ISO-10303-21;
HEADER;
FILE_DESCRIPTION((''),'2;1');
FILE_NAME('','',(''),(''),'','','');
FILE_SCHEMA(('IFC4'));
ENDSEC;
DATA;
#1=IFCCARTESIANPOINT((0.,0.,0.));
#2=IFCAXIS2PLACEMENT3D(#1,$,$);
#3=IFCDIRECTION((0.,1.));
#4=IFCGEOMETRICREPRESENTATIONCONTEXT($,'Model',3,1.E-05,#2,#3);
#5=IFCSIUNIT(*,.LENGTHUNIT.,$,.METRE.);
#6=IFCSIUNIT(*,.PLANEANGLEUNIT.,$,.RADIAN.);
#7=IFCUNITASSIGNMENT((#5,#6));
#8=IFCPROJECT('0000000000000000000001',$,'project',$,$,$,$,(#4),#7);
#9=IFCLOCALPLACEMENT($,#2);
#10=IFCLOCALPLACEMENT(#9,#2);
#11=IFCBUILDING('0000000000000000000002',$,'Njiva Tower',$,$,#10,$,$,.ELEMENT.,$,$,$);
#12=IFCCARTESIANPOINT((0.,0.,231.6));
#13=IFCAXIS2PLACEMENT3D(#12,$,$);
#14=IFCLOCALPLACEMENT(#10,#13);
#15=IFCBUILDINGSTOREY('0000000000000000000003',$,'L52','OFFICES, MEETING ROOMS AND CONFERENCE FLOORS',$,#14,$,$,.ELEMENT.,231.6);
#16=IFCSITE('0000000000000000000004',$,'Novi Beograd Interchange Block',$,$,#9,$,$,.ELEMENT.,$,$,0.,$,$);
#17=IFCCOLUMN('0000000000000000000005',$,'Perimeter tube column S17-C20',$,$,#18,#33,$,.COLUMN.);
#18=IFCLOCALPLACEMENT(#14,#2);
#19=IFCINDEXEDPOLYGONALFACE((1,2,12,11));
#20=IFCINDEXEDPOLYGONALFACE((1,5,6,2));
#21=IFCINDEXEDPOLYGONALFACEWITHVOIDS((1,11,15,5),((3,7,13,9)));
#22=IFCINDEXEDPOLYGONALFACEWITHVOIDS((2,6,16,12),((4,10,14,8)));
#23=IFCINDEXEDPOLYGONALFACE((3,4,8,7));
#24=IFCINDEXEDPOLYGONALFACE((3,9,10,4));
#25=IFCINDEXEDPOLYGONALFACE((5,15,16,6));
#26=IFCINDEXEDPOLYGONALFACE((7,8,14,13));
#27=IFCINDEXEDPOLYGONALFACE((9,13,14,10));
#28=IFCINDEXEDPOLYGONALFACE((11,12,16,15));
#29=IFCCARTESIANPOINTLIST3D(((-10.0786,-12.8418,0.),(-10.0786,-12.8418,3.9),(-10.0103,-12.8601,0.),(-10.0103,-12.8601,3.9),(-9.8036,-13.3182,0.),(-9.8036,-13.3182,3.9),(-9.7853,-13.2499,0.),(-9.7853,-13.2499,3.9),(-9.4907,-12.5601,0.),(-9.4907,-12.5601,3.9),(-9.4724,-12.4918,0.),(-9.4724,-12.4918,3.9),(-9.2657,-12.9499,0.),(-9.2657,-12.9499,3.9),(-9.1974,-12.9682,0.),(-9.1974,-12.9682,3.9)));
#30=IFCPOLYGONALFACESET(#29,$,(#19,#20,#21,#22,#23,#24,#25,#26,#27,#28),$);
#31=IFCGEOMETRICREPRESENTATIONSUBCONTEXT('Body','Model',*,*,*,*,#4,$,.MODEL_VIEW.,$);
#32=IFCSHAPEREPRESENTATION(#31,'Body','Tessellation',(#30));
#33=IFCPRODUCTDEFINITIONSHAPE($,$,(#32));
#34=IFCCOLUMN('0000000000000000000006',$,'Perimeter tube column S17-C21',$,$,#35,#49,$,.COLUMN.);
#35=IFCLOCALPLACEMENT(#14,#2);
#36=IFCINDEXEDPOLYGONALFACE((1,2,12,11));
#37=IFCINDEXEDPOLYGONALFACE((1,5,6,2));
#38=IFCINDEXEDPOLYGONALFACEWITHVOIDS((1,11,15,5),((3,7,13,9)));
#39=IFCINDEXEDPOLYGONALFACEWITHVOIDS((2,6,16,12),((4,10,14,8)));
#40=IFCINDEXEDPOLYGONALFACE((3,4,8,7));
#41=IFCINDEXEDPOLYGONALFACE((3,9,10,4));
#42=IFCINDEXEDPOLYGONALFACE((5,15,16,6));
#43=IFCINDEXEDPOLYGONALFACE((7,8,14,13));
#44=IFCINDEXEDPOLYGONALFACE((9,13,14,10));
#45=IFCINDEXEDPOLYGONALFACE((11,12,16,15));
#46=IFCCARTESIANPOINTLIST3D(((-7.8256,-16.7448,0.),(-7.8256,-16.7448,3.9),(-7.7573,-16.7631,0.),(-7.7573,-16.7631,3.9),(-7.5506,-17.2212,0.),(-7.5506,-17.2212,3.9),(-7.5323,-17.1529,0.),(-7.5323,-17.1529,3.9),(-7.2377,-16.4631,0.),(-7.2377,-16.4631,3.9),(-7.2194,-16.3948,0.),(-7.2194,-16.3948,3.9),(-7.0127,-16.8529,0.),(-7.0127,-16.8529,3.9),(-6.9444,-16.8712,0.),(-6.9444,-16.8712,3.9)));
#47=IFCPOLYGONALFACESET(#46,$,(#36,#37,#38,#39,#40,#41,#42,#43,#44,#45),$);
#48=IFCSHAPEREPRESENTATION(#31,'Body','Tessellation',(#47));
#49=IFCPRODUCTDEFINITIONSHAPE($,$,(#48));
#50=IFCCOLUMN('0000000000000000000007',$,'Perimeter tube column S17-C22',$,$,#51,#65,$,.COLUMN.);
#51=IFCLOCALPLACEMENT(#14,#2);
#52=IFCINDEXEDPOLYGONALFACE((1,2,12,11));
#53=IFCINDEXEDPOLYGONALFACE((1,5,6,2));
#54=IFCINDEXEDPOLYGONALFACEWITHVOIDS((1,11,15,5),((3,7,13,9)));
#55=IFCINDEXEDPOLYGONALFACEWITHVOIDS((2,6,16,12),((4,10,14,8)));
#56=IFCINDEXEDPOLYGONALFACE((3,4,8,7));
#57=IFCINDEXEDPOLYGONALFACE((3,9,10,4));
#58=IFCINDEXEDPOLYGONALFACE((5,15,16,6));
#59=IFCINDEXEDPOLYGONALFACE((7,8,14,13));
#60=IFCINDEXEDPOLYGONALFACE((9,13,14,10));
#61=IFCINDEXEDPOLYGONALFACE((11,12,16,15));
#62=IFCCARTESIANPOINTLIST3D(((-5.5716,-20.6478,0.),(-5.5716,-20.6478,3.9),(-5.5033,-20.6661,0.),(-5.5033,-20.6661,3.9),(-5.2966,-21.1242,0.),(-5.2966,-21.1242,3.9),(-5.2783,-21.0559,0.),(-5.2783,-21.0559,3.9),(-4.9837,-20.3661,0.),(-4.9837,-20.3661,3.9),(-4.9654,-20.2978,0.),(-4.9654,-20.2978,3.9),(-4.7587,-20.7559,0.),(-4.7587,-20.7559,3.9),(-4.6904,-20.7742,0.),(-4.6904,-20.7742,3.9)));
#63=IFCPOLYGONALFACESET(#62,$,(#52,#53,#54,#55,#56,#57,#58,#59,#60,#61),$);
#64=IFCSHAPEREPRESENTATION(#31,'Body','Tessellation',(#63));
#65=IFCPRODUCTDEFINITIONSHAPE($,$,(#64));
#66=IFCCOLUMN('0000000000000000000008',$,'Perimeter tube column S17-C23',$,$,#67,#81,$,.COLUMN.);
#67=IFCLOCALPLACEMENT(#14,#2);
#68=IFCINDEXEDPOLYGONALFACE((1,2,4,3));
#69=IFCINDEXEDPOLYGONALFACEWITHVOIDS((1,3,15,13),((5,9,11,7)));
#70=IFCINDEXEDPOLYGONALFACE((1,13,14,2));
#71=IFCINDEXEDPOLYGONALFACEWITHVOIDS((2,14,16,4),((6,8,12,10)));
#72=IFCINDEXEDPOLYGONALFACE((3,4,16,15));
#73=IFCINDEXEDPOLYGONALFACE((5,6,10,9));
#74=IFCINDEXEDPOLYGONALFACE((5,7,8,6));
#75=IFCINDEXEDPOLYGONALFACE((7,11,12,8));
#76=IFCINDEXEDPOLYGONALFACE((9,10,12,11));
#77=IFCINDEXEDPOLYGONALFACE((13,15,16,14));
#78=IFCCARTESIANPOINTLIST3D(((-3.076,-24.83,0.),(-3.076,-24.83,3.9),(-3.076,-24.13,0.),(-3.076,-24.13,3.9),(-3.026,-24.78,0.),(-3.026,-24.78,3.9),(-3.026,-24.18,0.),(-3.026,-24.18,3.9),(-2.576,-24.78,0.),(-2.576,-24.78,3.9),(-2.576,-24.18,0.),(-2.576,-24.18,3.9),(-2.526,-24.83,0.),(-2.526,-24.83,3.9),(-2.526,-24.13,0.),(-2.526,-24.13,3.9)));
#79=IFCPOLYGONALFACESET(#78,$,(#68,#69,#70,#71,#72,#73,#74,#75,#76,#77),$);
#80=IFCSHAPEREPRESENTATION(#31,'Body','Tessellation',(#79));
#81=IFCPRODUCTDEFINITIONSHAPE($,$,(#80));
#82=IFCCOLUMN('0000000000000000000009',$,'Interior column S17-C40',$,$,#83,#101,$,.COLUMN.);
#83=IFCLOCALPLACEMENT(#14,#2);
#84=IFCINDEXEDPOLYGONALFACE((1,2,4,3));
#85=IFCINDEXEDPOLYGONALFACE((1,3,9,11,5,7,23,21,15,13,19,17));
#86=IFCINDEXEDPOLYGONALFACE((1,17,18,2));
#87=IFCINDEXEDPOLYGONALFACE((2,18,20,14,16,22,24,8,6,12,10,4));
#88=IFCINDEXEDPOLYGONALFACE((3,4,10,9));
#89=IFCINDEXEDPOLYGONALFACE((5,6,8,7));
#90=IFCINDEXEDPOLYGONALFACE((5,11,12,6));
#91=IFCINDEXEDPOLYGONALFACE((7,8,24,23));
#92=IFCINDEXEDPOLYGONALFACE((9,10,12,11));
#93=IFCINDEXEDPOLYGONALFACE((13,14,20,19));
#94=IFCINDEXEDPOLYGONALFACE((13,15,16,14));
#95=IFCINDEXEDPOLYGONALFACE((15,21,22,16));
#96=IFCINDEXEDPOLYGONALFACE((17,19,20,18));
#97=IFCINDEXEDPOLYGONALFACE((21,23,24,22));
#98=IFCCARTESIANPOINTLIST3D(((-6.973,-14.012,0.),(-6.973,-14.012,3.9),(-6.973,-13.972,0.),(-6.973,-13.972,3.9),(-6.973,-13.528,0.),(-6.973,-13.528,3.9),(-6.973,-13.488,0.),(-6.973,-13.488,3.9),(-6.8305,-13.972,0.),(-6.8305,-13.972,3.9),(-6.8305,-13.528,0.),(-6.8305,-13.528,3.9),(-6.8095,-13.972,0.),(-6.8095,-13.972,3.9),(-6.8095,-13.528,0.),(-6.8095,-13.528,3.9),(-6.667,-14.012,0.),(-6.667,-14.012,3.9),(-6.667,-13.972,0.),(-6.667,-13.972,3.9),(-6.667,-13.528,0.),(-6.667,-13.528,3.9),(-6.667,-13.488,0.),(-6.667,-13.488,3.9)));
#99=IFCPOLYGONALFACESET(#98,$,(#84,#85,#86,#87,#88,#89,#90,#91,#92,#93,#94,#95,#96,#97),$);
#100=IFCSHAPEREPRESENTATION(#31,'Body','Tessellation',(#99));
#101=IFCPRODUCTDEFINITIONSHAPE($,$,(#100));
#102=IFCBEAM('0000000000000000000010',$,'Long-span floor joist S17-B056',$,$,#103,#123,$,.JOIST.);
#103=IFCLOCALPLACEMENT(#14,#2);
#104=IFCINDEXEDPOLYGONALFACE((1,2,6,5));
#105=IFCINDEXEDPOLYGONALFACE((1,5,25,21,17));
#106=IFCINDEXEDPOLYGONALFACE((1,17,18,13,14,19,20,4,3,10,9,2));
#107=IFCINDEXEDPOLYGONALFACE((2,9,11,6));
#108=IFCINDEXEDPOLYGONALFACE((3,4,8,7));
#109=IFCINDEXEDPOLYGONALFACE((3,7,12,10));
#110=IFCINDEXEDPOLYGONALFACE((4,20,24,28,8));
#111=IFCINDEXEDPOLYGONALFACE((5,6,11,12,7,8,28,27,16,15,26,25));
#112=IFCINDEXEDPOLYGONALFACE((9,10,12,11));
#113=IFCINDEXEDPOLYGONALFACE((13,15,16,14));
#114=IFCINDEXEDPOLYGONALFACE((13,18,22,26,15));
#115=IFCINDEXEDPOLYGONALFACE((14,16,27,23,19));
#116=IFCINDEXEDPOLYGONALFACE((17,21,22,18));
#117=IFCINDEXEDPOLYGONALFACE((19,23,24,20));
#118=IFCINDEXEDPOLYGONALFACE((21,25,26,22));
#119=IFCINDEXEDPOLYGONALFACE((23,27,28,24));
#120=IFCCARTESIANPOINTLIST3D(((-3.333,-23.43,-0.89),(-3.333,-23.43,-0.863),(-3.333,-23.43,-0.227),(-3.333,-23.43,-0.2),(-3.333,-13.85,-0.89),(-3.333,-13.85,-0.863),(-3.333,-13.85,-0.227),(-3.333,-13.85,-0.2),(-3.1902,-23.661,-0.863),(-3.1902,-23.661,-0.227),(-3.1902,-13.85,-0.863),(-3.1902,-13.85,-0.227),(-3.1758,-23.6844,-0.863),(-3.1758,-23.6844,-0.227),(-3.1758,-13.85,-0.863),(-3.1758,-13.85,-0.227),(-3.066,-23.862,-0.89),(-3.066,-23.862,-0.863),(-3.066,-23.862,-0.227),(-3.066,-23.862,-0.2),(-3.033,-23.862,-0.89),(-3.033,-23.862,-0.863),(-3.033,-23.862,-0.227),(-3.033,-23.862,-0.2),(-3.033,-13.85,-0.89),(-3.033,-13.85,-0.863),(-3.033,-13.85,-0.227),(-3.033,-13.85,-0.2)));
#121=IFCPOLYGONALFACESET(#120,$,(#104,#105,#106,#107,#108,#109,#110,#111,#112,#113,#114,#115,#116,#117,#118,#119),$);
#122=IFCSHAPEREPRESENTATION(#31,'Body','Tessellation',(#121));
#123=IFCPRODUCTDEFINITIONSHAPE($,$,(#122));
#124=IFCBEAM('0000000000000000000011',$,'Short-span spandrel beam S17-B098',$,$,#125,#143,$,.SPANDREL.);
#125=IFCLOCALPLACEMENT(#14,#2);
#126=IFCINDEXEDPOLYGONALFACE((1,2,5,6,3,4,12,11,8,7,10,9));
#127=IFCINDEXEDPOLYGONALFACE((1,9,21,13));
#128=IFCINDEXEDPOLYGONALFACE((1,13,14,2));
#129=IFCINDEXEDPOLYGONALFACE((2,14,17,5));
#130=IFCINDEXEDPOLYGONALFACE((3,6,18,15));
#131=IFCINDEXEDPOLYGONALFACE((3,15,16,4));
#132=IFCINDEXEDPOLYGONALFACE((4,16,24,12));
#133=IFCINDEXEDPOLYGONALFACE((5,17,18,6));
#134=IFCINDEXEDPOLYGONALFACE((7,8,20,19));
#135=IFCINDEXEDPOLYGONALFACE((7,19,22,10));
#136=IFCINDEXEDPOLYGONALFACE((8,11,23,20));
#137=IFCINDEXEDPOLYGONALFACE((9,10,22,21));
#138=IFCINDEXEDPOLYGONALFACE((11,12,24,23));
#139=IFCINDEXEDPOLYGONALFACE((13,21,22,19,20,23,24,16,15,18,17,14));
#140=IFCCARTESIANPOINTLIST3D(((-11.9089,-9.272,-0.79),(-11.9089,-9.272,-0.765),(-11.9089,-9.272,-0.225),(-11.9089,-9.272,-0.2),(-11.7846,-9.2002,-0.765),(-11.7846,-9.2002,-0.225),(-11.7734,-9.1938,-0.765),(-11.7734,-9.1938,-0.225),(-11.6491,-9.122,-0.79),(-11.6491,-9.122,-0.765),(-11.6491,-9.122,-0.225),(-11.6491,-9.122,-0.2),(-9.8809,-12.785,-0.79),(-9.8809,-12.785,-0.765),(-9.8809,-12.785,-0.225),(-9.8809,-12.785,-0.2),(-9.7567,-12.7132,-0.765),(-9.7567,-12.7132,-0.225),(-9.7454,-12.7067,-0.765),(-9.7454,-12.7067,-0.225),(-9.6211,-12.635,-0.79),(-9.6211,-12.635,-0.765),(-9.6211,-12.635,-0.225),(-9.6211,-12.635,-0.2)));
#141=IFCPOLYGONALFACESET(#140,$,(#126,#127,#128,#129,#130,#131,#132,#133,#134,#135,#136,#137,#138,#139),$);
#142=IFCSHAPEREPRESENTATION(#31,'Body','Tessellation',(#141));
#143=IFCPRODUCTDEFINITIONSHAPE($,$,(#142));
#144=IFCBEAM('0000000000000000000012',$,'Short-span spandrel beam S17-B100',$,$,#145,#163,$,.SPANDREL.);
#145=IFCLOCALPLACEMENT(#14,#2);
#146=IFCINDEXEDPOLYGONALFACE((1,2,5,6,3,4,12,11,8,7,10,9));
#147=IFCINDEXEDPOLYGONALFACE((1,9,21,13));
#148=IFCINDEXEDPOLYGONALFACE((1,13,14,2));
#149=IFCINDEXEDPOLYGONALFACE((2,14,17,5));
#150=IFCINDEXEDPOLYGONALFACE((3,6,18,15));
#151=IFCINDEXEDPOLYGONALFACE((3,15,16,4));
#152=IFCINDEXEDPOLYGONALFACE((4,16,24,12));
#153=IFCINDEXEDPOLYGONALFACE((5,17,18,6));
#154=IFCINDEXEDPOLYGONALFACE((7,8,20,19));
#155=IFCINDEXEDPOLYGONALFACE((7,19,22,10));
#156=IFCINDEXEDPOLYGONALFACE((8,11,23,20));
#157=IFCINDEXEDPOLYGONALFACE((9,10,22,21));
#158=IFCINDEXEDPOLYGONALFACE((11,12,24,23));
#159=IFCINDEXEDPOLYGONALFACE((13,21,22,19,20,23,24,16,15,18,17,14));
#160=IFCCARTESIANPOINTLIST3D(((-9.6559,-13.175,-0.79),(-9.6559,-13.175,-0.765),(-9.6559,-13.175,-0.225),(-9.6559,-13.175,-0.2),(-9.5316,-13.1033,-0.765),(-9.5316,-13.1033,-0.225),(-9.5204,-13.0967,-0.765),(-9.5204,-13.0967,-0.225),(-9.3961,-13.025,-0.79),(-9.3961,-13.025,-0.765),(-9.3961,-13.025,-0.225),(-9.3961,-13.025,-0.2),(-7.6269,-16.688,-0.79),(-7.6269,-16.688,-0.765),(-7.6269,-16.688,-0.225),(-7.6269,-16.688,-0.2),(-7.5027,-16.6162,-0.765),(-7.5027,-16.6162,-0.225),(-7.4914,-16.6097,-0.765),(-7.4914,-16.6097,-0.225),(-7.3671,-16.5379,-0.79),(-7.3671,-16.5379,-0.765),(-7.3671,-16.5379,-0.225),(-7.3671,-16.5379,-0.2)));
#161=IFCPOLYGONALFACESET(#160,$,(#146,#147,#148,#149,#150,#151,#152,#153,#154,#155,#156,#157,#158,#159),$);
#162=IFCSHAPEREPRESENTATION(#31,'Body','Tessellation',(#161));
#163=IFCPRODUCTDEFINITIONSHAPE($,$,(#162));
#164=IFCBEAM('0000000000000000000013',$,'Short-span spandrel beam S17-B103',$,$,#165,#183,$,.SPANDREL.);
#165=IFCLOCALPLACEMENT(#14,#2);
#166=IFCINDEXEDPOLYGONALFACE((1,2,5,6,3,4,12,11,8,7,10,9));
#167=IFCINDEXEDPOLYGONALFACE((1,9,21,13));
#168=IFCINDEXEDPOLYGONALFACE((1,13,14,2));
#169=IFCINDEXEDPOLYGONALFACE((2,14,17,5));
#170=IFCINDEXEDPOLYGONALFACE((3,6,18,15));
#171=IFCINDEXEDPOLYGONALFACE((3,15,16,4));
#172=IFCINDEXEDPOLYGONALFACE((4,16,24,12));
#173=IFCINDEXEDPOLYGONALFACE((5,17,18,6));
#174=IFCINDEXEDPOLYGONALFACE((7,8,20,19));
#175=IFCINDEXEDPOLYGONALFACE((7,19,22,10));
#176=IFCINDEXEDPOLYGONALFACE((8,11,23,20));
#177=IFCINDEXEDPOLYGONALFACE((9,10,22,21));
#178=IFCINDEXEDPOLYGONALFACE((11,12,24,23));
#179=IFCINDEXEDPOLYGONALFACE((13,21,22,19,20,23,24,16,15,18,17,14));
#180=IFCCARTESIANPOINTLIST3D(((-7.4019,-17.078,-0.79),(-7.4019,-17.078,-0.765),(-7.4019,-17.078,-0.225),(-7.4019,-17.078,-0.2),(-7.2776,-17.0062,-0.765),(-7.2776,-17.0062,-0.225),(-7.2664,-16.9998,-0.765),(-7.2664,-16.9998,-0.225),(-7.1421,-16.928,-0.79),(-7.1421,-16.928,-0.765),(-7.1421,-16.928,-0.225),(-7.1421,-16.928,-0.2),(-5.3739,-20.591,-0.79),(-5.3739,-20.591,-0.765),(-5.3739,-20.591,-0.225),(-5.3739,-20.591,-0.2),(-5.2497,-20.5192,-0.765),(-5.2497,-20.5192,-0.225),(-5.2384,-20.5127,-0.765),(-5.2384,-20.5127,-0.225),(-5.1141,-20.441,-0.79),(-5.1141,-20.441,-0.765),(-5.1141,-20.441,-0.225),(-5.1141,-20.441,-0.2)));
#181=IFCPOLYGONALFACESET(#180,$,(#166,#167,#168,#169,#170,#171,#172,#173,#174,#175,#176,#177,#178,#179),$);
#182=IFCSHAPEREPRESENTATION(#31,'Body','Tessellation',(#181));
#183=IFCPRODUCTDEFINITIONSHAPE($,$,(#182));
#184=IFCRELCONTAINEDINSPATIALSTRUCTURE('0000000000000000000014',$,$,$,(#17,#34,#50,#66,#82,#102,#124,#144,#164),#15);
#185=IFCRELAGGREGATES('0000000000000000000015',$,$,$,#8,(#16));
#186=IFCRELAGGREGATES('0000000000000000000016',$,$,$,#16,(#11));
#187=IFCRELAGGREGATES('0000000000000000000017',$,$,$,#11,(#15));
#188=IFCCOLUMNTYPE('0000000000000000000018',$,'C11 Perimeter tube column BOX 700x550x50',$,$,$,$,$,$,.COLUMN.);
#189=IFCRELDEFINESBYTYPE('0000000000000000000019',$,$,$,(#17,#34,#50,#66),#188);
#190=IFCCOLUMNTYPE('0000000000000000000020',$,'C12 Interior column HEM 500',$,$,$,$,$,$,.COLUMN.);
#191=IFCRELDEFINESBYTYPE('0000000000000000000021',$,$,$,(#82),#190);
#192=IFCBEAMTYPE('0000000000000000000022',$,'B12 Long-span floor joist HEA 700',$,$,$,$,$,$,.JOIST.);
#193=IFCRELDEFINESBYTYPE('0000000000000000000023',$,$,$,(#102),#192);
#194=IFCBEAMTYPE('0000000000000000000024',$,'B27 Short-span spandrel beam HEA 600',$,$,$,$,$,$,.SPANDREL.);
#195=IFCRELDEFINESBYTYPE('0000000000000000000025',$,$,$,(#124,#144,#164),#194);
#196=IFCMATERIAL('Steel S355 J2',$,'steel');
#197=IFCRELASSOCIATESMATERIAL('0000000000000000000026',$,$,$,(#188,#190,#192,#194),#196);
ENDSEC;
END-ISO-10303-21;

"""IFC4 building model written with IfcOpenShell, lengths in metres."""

from ifc_helpers import new_model, si_unit, direction, frame, origin, origin_2d, place, context, subcontext, project, spatial, hollow_rectangle, i_section, extrude, clip, halfspace, material, material_profile, profile_set, type_object, element, save


model = new_model("IFC4")

# Units and contexts
model_context = context("Model", 3, precision=1e-05, world=origin(), true_north=direction((0.0, 1.0)))
body_context = subcontext(model_context, "Body", "Model", "MODEL_VIEW")
ifc_project = project(units=[si_unit("LENGTHUNIT", "METRE"), si_unit("PLANEANGLEUNIT", "RADIAN")], contexts=[model_context])

# Site, building, storey
site_placement = place(None, origin())
site = spatial("IfcSite", under=ifc_project, at=site_placement, Name="Novi Beograd Interchange Block", CompositionType="ELEMENT", RefElevation=0.0)
building_placement = place(site_placement, origin())
building = spatial("IfcBuilding", under=site, at=building_placement, Name="Njiva Tower", CompositionType="ELEMENT")
storey_placement = place(building_placement, frame((0.0, 0.0, 231.6)))
storey = spatial("IfcBuildingStorey", under=building, at=storey_placement, Name="L52", Description="OFFICES, MEETING ROOMS AND CONFERENCE FLOORS", CompositionType="ELEMENT", Elevation=231.6)

# Columns
ifc_material_1 = material(Name="Steel S355 J2", Category="steel")
ifc_material_profile_1 = material_profile(ifc_material_1, hollow_rectangle(XDim=0.55, YDim=0.7, WallThickness=0.05, at=origin_2d()), Name="BOX 700x550x50")
ifc_profile_set_1 = profile_set([ifc_material_profile_1], Name="Steel S355 J2")
column_type_1 = type_object("IfcColumnType", Name="C11 Perimeter tube column BOX 700x550x50", PredefinedType="COLUMN", material=ifc_profile_set_1)
for number, where, z_axis, x_axis, name in (
    (1, (-9.638, -12.905, 0.0), (0.0, 0.0, 1.0), (0.5, -0.866025, 0.0), "Perimeter tube column S17-C20"),
    (2, (-7.385, -16.808, 0.0), (0.0, 0.0, 1.0), (0.5, -0.866025, 0.0), "Perimeter tube column S17-C21"),
    (3, (-5.131, -20.711, 0.0), (0.0, 0.0, 1.0), (0.5, -0.866025, 0.0), "Perimeter tube column S17-C22"),
    (4, (-2.801, -24.48, 0.0), (0.0, 0.0, 1.0), (1.0, 0.0, 0.0), "Perimeter tube column S17-C23"),
):
    element("IfcColumn", number, at=place(storey_placement, frame(where, z_axis=z_axis, x_axis=x_axis)), inside=storey, type_object=column_type_1, Name=name, PredefinedType="COLUMN", context=body_context, shape_type="SweptSolid", body=[
        extrude(hollow_rectangle(XDim=0.55, YDim=0.7, WallThickness=0.05, at=origin_2d()), origin(), (0.0, 0.0, 1.0), 3.9),
    ])
ifc_material_profile_2 = material_profile(ifc_material_1, i_section(OverallWidth=0.306, OverallDepth=0.524, WebThickness=0.021, FlangeThickness=0.04, at=origin_2d()), Name="HEM 500")
ifc_profile_set_2 = profile_set([ifc_material_profile_2], Name="Steel S355 J2")
column_type_2 = type_object("IfcColumnType", Name="C12 Interior column HEM 500", PredefinedType="COLUMN", material=ifc_profile_set_2)
column_placement = place(storey_placement, frame((-6.82, -13.75, 0.0), z_axis=(0.0, 0.0, 1.0), x_axis=(1.0, 0.0, 0.0)))
element("IfcColumn", 5, at=column_placement, inside=storey, type_object=column_type_2, Name="Interior column S17-C40", PredefinedType="COLUMN", context=body_context, shape_type="SweptSolid", body=[
    extrude(i_section(OverallWidth=0.306, OverallDepth=0.524, WebThickness=0.021, FlangeThickness=0.04, at=origin_2d()), origin(), (0.0, 0.0, 1.0), 3.9),
])

# Beams
ifc_material_profile_3 = material_profile(ifc_material_1, i_section(OverallWidth=0.3, OverallDepth=0.69, WebThickness=0.0145, FlangeThickness=0.027, at=origin_2d()), Name="HEA 700")
ifc_profile_set_3 = profile_set([ifc_material_profile_3], Name="Steel S355 J2")
beam_type_1 = type_object("IfcBeamType", Name="B12 Long-span floor joist HEA 700", PredefinedType="JOIST", material=ifc_profile_set_3)
beam_1_placement = place(storey_placement, frame((-3.183, -13.85, -0.545), z_axis=(0.0, -1.0, 0.0), x_axis=(1.0, 0.0, 0.0)))
element("IfcBeam", 6, at=beam_1_placement, inside=storey, type_object=beam_type_1, Name="Long-span floor joist S17-B056", PredefinedType="JOIST", context=body_context, shape_type="Clipping", body=[
    clip(extrude(i_section(OverallWidth=0.3, OverallDepth=0.69, WebThickness=0.0145, FlangeThickness=0.027, at=origin_2d()), origin(), (0.0, 0.0, 1.0), 10.012), halfspace(frame((-0.0429, 0.0, 9.7533), z_axis=(-0.850616, 0.0, 0.525788), x_axis=(0.0, 1.0, 0.0)), False)),
])
ifc_material_profile_4 = material_profile(ifc_material_1, i_section(OverallWidth=0.3, OverallDepth=0.59, WebThickness=0.013, FlangeThickness=0.025, at=origin_2d()), Name="HEA 600")
ifc_profile_set_4 = profile_set([ifc_material_profile_4], Name="Steel S355 J2")
beam_type_2 = type_object("IfcBeamType", Name="B27 Short-span spandrel beam HEA 600", PredefinedType="SPANDREL", material=ifc_profile_set_4)
beam_2_placement = place(storey_placement, frame((-11.779, -9.197, -0.495), z_axis=(0.499957, -0.86605, 0.0), x_axis=(0.86605, 0.499957, 0.0)))
element("IfcBeam", 7, at=beam_2_placement, inside=storey, type_object=beam_type_2, Name="Short-span spandrel beam S17-B098", PredefinedType="SPANDREL", context=body_context, shape_type="SweptSolid", body=[
    extrude(i_section(OverallWidth=0.3, OverallDepth=0.59, WebThickness=0.013, FlangeThickness=0.025, at=origin_2d()), origin(), (0.0, 0.0, 1.0), 4.0563),
])
beam_3_placement = place(storey_placement, frame((-9.526, -13.1, -0.495), z_axis=(0.500142, -0.865943, 0.0), x_axis=(0.865943, 0.500142, 0.0)))
element("IfcBeam", 8, at=beam_3_placement, inside=storey, type_object=beam_type_2, Name="Short-span spandrel beam S17-B100", PredefinedType="SPANDREL", context=body_context, shape_type="SweptSolid", body=[
    extrude(i_section(OverallWidth=0.3, OverallDepth=0.59, WebThickness=0.013, FlangeThickness=0.025, at=origin_2d()), origin(), (0.0, 0.0, 1.0), 4.0568),
])
beam_4_placement = place(storey_placement, frame((-7.272, -17.003, -0.495), z_axis=(0.499957, -0.86605, 0.0), x_axis=(0.86605, 0.499957, 0.0)))
element("IfcBeam", 9, at=beam_4_placement, inside=storey, type_object=beam_type_2, Name="Short-span spandrel beam S17-B103", PredefinedType="SPANDREL", context=body_context, shape_type="SweptSolid", body=[
    extrude(i_section(OverallWidth=0.3, OverallDepth=0.59, WebThickness=0.013, FlangeThickness=0.025, at=origin_2d()), origin(), (0.0, 0.0, 1.0), 4.0563),
])

save(model, "model.ifc")
